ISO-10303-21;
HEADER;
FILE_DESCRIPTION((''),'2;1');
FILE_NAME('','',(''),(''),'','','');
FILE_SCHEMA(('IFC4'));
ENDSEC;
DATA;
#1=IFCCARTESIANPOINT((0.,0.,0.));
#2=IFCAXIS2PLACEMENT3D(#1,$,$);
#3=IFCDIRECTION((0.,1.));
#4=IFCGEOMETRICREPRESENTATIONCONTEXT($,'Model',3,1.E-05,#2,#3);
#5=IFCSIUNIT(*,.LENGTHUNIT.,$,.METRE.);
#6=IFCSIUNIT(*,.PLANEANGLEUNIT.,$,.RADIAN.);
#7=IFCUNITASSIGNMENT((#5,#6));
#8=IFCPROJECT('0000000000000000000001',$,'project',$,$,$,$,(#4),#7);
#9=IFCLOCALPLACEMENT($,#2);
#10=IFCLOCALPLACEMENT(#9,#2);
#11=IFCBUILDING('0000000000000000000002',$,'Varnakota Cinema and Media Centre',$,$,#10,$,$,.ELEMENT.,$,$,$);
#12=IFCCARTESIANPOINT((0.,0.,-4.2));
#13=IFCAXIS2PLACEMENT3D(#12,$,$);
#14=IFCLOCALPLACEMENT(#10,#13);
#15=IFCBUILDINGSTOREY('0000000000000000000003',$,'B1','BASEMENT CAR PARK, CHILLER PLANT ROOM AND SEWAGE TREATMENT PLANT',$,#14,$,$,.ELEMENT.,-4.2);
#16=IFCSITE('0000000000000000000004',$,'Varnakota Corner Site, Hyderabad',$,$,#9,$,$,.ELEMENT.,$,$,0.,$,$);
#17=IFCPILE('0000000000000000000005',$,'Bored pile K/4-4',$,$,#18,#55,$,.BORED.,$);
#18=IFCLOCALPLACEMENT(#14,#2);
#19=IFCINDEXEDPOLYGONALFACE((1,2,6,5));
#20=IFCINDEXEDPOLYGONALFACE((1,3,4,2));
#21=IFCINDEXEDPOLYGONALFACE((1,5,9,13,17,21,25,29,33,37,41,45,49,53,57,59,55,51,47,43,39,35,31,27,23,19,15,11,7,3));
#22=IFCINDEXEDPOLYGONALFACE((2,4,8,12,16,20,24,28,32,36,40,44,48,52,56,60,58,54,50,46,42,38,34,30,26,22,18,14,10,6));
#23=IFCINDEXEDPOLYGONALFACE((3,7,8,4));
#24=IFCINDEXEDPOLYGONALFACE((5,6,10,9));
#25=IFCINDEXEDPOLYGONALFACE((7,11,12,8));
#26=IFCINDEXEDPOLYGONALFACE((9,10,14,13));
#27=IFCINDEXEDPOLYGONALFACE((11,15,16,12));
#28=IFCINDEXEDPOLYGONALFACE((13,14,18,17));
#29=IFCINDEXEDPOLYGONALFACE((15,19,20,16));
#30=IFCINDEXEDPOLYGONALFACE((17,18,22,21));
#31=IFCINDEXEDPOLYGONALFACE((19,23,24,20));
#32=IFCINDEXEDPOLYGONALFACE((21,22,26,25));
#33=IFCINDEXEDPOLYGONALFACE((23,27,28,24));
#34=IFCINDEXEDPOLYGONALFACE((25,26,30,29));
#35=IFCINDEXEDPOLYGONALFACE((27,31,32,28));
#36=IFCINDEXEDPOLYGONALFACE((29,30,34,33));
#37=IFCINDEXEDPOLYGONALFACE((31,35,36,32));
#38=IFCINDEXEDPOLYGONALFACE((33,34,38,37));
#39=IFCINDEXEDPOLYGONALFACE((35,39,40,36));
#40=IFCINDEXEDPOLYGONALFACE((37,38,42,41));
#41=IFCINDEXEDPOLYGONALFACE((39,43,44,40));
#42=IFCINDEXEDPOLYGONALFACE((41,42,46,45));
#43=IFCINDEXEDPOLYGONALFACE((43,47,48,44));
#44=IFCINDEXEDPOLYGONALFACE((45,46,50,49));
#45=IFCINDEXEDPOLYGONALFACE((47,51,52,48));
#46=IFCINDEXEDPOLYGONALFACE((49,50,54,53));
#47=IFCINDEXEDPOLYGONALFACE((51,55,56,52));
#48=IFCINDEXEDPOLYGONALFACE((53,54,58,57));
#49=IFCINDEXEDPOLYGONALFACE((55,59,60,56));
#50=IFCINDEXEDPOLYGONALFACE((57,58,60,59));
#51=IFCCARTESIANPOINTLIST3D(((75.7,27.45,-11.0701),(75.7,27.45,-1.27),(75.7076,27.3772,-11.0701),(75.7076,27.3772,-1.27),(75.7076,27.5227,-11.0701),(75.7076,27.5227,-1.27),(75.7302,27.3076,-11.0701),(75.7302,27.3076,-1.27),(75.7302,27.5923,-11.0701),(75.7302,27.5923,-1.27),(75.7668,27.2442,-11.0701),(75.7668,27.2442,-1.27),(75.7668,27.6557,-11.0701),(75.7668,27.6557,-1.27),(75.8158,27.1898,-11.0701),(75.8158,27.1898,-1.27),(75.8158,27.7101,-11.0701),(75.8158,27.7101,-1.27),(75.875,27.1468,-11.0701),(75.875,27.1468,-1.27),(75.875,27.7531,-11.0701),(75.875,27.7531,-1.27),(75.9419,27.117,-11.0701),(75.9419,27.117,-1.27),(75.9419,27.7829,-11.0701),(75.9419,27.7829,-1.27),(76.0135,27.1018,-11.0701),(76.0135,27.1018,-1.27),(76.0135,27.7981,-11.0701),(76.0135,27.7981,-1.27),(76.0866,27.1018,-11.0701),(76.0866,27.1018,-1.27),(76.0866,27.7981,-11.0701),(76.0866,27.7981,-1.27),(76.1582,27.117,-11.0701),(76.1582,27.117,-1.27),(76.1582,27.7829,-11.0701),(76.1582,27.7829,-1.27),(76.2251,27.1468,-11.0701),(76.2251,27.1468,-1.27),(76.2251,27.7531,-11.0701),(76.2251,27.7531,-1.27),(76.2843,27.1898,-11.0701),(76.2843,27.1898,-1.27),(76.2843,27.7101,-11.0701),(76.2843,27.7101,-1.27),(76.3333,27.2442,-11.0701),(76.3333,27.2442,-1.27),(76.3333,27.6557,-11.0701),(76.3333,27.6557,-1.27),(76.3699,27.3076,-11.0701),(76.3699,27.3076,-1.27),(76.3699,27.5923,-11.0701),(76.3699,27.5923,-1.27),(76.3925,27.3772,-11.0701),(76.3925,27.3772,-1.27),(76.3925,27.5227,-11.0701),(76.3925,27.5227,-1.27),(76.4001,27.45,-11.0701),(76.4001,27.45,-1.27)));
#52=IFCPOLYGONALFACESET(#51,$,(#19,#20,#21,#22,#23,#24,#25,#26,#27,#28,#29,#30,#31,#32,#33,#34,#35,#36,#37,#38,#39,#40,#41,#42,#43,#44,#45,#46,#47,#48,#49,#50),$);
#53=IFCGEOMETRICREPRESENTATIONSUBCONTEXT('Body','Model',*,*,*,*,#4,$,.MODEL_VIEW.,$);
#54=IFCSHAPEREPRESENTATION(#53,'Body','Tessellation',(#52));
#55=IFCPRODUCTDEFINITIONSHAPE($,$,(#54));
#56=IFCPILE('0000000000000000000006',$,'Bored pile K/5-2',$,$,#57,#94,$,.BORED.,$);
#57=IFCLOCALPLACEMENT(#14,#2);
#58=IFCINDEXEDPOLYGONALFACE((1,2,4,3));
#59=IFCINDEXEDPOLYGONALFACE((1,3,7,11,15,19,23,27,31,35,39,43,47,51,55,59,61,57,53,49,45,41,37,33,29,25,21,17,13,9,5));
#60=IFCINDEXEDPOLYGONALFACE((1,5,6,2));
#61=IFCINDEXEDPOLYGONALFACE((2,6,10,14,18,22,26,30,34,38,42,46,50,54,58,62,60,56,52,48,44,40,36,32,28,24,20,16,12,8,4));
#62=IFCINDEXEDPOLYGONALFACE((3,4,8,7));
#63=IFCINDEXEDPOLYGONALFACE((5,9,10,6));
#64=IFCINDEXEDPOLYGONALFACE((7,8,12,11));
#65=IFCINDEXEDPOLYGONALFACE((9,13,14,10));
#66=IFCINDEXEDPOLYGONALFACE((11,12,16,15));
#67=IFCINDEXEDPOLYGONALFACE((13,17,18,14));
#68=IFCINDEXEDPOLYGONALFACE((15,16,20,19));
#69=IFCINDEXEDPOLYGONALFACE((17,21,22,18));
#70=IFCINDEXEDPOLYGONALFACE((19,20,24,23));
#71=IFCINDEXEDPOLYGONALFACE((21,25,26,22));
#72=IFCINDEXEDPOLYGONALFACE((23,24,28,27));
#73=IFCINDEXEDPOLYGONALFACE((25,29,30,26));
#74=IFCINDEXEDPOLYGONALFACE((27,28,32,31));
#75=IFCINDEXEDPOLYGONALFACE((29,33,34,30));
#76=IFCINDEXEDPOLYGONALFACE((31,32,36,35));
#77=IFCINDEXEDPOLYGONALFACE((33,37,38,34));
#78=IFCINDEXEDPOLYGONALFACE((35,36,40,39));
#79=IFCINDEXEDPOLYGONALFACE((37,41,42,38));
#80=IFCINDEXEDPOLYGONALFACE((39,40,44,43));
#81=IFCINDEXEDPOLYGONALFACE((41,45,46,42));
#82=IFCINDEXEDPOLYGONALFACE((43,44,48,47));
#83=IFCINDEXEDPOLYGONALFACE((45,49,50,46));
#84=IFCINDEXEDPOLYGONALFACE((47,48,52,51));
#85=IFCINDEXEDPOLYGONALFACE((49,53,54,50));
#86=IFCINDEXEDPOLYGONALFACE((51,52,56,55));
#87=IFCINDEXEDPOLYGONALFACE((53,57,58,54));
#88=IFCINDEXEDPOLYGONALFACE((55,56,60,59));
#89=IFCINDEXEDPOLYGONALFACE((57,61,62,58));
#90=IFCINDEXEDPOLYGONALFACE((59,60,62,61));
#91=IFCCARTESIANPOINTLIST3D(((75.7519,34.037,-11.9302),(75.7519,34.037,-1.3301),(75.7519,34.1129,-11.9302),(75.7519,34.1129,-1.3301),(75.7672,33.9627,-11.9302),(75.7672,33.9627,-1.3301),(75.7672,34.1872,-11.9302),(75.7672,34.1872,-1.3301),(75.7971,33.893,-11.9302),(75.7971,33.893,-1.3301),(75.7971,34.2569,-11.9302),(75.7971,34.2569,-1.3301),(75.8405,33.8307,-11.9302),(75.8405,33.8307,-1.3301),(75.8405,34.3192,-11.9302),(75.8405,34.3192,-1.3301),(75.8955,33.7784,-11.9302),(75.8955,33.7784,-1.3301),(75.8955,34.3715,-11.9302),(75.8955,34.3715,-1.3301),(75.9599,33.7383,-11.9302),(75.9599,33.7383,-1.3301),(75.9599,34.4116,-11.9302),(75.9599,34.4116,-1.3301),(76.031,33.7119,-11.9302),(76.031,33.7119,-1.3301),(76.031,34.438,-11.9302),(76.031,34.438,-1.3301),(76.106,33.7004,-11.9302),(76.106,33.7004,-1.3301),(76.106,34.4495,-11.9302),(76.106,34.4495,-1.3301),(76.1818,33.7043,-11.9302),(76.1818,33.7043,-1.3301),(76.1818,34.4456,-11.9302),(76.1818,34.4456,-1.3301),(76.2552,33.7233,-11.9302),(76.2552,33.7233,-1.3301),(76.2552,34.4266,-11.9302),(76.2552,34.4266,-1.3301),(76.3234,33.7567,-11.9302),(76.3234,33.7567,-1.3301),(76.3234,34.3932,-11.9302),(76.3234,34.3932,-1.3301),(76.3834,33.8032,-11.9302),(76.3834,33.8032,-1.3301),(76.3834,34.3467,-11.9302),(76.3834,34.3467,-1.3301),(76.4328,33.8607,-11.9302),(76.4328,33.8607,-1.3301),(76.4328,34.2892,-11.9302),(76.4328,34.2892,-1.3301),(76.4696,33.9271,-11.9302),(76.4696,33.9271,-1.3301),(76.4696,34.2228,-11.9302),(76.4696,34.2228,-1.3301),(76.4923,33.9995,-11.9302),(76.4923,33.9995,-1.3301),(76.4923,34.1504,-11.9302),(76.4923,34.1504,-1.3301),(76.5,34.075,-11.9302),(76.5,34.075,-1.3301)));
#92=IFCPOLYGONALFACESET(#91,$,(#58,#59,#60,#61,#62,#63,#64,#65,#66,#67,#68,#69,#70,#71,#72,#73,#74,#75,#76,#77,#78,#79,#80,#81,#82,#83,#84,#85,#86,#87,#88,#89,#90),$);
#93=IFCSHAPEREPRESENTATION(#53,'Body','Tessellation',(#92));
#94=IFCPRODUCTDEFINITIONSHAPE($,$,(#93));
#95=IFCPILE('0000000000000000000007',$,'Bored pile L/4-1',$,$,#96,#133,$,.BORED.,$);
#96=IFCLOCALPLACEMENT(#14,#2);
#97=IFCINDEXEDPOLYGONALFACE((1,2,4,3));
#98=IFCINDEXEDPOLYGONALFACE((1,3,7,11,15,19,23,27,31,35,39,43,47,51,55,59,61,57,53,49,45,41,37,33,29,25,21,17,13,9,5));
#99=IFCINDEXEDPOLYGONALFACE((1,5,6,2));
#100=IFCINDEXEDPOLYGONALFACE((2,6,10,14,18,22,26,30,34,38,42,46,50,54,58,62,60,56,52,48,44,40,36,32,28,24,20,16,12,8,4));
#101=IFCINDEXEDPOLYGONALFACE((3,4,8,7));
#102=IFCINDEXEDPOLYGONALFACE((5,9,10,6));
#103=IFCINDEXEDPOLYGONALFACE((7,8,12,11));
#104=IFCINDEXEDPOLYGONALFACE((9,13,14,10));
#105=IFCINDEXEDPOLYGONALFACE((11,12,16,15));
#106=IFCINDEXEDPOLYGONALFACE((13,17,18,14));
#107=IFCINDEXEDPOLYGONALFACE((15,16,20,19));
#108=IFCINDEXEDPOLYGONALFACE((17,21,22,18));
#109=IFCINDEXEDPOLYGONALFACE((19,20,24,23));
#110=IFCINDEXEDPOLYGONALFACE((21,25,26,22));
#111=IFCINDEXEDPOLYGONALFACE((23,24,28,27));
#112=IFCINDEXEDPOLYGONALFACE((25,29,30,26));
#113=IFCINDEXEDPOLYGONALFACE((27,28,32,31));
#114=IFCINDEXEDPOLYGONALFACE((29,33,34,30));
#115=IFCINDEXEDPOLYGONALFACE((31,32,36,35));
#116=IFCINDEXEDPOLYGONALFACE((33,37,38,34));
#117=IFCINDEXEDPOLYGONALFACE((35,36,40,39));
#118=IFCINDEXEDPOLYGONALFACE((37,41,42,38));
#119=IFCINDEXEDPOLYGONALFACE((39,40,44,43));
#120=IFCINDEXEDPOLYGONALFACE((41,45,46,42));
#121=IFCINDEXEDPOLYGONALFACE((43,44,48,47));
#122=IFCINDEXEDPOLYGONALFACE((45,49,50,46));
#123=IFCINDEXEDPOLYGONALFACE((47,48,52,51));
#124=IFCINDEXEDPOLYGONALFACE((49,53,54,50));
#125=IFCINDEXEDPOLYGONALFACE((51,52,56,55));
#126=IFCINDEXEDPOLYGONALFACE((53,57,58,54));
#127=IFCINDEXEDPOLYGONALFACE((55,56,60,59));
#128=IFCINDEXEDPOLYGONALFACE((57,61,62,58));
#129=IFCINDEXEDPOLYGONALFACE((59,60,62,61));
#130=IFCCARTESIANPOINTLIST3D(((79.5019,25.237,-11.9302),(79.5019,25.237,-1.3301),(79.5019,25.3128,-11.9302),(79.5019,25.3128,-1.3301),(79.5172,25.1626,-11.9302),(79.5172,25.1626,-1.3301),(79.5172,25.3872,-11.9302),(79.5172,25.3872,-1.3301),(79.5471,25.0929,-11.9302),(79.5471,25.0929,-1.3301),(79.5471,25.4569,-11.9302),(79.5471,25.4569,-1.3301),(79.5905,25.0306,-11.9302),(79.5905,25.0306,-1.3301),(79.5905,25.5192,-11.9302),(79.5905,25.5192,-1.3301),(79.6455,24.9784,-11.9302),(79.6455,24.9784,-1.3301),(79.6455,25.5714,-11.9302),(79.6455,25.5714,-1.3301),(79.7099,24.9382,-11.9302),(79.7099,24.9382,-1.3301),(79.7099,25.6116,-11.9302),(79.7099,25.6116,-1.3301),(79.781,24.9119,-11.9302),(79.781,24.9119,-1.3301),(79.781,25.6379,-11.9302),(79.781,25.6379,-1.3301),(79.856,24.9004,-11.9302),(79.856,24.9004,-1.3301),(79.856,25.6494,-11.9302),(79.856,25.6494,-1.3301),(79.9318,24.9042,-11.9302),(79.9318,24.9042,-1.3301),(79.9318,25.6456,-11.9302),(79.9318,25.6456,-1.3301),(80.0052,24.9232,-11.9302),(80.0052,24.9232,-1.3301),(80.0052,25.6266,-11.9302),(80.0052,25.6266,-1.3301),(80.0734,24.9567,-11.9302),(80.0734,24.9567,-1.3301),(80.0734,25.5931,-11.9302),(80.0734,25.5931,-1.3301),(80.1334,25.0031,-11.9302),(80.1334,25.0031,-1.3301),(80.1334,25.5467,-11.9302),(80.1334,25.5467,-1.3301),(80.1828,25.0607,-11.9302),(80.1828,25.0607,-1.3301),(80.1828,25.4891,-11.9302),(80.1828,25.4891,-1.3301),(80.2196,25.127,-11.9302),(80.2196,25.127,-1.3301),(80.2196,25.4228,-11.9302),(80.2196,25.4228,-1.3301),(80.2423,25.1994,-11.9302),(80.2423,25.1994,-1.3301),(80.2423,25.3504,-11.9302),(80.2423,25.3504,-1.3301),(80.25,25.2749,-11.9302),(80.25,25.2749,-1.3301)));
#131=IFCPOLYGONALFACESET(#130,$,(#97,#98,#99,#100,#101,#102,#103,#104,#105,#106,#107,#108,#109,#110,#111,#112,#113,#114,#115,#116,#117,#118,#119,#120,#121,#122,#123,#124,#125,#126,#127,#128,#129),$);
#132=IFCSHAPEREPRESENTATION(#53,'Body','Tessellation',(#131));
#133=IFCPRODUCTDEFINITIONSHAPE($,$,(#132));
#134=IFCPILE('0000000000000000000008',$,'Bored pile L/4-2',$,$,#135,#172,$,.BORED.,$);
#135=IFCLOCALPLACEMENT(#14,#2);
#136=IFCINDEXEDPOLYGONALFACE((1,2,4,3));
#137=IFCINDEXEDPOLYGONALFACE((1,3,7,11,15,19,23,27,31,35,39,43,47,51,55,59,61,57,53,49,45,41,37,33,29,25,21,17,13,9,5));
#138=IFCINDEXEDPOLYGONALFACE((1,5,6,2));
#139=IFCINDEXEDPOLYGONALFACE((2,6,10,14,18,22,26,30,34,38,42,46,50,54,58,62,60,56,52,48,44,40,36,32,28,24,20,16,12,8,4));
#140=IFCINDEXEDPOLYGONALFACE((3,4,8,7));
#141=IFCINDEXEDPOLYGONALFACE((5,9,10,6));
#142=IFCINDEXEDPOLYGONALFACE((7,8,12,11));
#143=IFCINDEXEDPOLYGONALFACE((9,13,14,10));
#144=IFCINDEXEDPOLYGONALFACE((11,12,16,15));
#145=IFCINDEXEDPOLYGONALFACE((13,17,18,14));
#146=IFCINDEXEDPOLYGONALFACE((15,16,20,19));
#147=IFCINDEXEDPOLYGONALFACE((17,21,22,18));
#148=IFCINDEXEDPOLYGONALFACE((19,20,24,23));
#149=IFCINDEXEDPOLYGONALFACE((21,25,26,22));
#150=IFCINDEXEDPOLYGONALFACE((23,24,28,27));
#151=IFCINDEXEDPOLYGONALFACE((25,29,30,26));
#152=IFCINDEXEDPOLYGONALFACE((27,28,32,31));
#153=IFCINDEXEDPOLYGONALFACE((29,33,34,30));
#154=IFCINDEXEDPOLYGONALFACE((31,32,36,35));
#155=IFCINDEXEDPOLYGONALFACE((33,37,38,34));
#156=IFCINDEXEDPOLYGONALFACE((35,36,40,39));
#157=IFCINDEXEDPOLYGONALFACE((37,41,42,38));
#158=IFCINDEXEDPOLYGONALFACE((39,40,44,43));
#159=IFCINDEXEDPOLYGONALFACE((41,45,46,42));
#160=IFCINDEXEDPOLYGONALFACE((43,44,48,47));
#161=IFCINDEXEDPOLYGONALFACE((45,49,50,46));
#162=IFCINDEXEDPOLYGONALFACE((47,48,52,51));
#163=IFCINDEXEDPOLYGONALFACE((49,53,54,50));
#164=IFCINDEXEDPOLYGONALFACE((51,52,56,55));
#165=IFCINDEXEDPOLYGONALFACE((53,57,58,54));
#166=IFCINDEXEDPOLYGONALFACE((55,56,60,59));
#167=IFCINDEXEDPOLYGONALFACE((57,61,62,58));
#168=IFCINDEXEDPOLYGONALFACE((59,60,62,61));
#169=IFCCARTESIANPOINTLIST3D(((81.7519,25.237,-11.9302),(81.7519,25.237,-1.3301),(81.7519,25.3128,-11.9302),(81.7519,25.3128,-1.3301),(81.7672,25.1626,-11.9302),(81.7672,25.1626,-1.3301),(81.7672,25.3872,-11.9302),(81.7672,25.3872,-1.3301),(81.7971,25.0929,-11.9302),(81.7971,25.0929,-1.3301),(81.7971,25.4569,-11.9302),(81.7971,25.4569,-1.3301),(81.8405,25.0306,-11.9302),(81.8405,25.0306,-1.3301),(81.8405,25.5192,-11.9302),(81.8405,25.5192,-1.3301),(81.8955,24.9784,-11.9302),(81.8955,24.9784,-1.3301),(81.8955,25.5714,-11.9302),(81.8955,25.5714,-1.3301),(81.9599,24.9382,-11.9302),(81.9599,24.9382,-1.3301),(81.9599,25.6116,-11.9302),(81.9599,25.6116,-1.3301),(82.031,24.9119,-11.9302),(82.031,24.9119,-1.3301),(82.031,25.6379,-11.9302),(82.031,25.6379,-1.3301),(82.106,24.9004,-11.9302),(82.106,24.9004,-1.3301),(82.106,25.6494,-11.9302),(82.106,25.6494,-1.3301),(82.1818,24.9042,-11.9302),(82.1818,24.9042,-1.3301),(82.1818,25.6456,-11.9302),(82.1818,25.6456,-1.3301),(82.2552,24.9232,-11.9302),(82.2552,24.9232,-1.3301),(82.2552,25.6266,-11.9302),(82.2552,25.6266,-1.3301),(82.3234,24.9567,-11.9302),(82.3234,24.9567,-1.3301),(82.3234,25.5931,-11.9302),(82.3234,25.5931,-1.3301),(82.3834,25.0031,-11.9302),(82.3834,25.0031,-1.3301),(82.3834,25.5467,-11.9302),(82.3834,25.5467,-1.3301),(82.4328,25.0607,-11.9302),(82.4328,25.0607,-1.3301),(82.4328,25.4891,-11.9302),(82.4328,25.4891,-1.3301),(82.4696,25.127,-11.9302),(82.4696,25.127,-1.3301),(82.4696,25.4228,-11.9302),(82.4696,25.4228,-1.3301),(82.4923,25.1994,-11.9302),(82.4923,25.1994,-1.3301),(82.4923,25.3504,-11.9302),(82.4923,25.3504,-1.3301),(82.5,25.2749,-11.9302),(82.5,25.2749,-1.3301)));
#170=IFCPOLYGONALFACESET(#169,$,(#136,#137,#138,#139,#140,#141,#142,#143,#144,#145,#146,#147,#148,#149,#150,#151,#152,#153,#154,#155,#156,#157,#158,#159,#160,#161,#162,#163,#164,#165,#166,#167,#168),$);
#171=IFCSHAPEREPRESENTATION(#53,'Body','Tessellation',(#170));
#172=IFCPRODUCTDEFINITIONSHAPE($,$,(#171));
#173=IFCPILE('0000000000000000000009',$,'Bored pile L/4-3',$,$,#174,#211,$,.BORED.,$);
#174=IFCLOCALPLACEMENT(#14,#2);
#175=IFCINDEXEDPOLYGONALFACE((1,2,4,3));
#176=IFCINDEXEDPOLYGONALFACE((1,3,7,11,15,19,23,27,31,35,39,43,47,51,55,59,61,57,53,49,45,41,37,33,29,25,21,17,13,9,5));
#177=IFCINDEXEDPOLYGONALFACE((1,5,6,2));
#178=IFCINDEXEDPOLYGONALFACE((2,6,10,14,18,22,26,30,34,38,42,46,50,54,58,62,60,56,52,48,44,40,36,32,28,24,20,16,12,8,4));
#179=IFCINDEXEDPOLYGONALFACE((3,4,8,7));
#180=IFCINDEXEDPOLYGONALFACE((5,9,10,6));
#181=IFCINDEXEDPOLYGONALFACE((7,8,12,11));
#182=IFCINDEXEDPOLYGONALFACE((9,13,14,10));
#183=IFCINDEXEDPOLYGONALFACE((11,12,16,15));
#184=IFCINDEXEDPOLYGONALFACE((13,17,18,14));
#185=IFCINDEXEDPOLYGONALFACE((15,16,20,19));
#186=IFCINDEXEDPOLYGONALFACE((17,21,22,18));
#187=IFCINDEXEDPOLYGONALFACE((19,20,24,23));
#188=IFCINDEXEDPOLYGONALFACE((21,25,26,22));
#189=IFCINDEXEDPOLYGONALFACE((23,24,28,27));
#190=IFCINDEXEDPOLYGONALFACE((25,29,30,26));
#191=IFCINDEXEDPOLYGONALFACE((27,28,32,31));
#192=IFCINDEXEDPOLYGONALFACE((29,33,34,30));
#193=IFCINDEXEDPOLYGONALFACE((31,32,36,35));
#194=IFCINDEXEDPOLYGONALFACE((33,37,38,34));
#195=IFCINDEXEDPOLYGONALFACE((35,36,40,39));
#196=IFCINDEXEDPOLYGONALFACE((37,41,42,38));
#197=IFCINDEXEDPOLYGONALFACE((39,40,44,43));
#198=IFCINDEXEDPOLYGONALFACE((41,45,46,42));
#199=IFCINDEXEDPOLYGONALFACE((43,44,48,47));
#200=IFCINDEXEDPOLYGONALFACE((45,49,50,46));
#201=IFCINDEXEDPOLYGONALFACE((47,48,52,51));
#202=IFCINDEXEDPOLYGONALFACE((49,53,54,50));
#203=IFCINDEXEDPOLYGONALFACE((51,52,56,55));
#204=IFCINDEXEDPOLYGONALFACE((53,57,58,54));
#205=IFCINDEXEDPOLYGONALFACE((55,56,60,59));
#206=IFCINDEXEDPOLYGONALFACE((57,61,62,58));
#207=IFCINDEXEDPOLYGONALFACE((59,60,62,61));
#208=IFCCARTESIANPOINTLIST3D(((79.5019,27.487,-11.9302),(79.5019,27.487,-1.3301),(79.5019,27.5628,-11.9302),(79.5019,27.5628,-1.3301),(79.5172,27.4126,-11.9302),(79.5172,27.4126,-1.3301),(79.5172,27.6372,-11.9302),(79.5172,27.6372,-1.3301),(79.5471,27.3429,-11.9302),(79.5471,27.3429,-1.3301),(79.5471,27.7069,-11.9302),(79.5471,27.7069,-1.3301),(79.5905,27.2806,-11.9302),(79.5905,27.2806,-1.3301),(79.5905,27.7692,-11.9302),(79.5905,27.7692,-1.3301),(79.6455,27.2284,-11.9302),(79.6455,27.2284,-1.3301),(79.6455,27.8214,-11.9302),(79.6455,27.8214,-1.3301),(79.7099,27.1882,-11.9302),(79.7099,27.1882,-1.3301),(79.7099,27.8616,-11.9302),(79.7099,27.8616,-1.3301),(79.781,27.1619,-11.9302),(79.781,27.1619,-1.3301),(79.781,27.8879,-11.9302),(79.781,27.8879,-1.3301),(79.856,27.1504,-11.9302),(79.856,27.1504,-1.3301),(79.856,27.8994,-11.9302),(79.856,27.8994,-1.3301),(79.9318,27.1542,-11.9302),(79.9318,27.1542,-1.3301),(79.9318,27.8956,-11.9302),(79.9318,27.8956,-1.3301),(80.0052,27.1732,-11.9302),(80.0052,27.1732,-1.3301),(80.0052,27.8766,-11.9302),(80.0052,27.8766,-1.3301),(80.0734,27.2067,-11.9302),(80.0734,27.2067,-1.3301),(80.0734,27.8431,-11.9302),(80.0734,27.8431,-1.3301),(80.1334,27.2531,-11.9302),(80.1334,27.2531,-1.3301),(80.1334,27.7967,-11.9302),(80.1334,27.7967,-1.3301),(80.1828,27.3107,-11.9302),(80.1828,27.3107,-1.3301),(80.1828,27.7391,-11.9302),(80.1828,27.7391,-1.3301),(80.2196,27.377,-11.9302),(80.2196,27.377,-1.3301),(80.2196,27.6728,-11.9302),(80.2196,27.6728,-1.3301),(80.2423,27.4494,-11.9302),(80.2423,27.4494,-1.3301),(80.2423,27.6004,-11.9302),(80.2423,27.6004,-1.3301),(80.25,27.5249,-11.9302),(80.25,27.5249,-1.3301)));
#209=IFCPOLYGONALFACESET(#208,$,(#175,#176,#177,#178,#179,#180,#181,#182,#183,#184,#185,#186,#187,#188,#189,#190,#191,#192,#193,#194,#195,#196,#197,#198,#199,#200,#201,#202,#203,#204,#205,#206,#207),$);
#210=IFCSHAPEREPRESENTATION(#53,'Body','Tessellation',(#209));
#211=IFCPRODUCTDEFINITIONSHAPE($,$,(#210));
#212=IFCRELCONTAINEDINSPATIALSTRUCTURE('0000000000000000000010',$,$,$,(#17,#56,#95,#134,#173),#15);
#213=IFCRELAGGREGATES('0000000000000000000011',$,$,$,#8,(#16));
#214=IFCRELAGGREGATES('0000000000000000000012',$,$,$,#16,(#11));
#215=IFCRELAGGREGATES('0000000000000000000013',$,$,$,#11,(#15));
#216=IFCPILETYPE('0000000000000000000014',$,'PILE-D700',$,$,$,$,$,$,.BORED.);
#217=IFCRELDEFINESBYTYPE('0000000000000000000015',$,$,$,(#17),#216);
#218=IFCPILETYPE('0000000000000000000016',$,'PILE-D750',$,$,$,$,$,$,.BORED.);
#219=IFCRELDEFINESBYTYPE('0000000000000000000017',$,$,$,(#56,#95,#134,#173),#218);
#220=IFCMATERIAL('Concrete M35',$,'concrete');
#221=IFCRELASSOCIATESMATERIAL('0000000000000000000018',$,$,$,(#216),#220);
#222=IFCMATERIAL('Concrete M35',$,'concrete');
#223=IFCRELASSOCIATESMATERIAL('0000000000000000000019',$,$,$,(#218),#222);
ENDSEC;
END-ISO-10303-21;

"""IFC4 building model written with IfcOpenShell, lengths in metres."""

from ifc_helpers import new_model, si_unit, direction, frame, origin, origin_2d, place, context, subcontext, project, spatial, circle, extrude, material, material_profile, profile_set, type_object, element, save


model = new_model("IFC4")

# Units and contexts
model_context = context("Model", 3, precision=1e-05, world=origin(), true_north=direction((0.0, 1.0)))
body_context = subcontext(model_context, "Body", "Model", "MODEL_VIEW")
ifc_project = project(units=[si_unit("LENGTHUNIT", "METRE"), si_unit("PLANEANGLEUNIT", "RADIAN")], contexts=[model_context])

# Site, building, storey
site_placement = place(None, origin())
site = spatial("IfcSite", under=ifc_project, at=site_placement, Name="Varnakota Corner Site, Hyderabad", CompositionType="ELEMENT", RefElevation=0.0)
building_placement = place(site_placement, origin())
building = spatial("IfcBuilding", under=site, at=building_placement, Name="Varnakota Cinema and Media Centre", CompositionType="ELEMENT")
storey_placement = place(building_placement, frame((0.0, 0.0, -4.2)))
storey = spatial("IfcBuildingStorey", under=building, at=storey_placement, Name="B1", Description="BASEMENT CAR PARK, CHILLER PLANT ROOM AND SEWAGE TREATMENT PLANT", CompositionType="ELEMENT", Elevation=-4.2)

# Piles
ifc_material_1 = material(Name="Concrete M35", Category="concrete")
ifc_material_profile_1 = material_profile(ifc_material_1, circle(Radius=0.3501, at=origin_2d()), Name="PILE D700")
ifc_profile_set_1 = profile_set([ifc_material_profile_1], Name="Concrete M35")
pile_type_1 = type_object("IfcPileType", Name="PILE-D700", PredefinedType="BORED", material=ifc_profile_set_1)
for number, where, z_axis, x_axis, name in (
    (1, (76.05, 27.45, -1.27), (0.0, 0.0, -1.0), (1.0, 0.0, 0.0), "Bored pile K/4-4"),
):
    element("IfcPile", number, at=place(storey_placement, frame(where, z_axis=z_axis, x_axis=x_axis)), inside=storey, type_object=pile_type_1, Name=name, PredefinedType="BORED", context=body_context, shape_type="SweptSolid", body=[
        extrude(circle(Radius=0.3501, at=origin_2d()), origin(), (0.0, 0.0, 1.0), 9.8),
    ])
ifc_material_2 = material(Name="Concrete M35", Category="concrete")
ifc_material_profile_2 = material_profile(ifc_material_2, circle(Radius=0.375, at=origin_2d()), Name="PILE D750")
ifc_profile_set_2 = profile_set([ifc_material_profile_2], Name="Concrete M35")
pile_type_2 = type_object("IfcPileType", Name="PILE-D750", PredefinedType="BORED", material=ifc_profile_set_2)
for number, where, z_axis, x_axis, name in (
    (2, (76.125, 34.075, -1.3301), (0.0, 0.0, -1.0), (1.0, 0.0, 0.0), "Bored pile K/5-2"),
    (3, (79.875, 25.2749, -1.3301), (0.0, 0.0, -1.0), (1.0, 0.0, 0.0), "Bored pile L/4-1"),
    (4, (82.125, 25.2749, -1.3301), (0.0, 0.0, -1.0), (1.0, 0.0, 0.0), "Bored pile L/4-2"),
    (5, (79.875, 27.5249, -1.3301), (0.0, 0.0, -1.0), (1.0, 0.0, 0.0), "Bored pile L/4-3"),
):
    element("IfcPile", number, at=place(storey_placement, frame(where, z_axis=z_axis, x_axis=x_axis)), inside=storey, type_object=pile_type_2, Name=name, PredefinedType="BORED", context=body_context, shape_type="SweptSolid", body=[
        extrude(circle(Radius=0.375, at=origin_2d()), origin(), (0.0, 0.0, 1.0), 10.6001),
    ])

save(model, "model.ifc")
